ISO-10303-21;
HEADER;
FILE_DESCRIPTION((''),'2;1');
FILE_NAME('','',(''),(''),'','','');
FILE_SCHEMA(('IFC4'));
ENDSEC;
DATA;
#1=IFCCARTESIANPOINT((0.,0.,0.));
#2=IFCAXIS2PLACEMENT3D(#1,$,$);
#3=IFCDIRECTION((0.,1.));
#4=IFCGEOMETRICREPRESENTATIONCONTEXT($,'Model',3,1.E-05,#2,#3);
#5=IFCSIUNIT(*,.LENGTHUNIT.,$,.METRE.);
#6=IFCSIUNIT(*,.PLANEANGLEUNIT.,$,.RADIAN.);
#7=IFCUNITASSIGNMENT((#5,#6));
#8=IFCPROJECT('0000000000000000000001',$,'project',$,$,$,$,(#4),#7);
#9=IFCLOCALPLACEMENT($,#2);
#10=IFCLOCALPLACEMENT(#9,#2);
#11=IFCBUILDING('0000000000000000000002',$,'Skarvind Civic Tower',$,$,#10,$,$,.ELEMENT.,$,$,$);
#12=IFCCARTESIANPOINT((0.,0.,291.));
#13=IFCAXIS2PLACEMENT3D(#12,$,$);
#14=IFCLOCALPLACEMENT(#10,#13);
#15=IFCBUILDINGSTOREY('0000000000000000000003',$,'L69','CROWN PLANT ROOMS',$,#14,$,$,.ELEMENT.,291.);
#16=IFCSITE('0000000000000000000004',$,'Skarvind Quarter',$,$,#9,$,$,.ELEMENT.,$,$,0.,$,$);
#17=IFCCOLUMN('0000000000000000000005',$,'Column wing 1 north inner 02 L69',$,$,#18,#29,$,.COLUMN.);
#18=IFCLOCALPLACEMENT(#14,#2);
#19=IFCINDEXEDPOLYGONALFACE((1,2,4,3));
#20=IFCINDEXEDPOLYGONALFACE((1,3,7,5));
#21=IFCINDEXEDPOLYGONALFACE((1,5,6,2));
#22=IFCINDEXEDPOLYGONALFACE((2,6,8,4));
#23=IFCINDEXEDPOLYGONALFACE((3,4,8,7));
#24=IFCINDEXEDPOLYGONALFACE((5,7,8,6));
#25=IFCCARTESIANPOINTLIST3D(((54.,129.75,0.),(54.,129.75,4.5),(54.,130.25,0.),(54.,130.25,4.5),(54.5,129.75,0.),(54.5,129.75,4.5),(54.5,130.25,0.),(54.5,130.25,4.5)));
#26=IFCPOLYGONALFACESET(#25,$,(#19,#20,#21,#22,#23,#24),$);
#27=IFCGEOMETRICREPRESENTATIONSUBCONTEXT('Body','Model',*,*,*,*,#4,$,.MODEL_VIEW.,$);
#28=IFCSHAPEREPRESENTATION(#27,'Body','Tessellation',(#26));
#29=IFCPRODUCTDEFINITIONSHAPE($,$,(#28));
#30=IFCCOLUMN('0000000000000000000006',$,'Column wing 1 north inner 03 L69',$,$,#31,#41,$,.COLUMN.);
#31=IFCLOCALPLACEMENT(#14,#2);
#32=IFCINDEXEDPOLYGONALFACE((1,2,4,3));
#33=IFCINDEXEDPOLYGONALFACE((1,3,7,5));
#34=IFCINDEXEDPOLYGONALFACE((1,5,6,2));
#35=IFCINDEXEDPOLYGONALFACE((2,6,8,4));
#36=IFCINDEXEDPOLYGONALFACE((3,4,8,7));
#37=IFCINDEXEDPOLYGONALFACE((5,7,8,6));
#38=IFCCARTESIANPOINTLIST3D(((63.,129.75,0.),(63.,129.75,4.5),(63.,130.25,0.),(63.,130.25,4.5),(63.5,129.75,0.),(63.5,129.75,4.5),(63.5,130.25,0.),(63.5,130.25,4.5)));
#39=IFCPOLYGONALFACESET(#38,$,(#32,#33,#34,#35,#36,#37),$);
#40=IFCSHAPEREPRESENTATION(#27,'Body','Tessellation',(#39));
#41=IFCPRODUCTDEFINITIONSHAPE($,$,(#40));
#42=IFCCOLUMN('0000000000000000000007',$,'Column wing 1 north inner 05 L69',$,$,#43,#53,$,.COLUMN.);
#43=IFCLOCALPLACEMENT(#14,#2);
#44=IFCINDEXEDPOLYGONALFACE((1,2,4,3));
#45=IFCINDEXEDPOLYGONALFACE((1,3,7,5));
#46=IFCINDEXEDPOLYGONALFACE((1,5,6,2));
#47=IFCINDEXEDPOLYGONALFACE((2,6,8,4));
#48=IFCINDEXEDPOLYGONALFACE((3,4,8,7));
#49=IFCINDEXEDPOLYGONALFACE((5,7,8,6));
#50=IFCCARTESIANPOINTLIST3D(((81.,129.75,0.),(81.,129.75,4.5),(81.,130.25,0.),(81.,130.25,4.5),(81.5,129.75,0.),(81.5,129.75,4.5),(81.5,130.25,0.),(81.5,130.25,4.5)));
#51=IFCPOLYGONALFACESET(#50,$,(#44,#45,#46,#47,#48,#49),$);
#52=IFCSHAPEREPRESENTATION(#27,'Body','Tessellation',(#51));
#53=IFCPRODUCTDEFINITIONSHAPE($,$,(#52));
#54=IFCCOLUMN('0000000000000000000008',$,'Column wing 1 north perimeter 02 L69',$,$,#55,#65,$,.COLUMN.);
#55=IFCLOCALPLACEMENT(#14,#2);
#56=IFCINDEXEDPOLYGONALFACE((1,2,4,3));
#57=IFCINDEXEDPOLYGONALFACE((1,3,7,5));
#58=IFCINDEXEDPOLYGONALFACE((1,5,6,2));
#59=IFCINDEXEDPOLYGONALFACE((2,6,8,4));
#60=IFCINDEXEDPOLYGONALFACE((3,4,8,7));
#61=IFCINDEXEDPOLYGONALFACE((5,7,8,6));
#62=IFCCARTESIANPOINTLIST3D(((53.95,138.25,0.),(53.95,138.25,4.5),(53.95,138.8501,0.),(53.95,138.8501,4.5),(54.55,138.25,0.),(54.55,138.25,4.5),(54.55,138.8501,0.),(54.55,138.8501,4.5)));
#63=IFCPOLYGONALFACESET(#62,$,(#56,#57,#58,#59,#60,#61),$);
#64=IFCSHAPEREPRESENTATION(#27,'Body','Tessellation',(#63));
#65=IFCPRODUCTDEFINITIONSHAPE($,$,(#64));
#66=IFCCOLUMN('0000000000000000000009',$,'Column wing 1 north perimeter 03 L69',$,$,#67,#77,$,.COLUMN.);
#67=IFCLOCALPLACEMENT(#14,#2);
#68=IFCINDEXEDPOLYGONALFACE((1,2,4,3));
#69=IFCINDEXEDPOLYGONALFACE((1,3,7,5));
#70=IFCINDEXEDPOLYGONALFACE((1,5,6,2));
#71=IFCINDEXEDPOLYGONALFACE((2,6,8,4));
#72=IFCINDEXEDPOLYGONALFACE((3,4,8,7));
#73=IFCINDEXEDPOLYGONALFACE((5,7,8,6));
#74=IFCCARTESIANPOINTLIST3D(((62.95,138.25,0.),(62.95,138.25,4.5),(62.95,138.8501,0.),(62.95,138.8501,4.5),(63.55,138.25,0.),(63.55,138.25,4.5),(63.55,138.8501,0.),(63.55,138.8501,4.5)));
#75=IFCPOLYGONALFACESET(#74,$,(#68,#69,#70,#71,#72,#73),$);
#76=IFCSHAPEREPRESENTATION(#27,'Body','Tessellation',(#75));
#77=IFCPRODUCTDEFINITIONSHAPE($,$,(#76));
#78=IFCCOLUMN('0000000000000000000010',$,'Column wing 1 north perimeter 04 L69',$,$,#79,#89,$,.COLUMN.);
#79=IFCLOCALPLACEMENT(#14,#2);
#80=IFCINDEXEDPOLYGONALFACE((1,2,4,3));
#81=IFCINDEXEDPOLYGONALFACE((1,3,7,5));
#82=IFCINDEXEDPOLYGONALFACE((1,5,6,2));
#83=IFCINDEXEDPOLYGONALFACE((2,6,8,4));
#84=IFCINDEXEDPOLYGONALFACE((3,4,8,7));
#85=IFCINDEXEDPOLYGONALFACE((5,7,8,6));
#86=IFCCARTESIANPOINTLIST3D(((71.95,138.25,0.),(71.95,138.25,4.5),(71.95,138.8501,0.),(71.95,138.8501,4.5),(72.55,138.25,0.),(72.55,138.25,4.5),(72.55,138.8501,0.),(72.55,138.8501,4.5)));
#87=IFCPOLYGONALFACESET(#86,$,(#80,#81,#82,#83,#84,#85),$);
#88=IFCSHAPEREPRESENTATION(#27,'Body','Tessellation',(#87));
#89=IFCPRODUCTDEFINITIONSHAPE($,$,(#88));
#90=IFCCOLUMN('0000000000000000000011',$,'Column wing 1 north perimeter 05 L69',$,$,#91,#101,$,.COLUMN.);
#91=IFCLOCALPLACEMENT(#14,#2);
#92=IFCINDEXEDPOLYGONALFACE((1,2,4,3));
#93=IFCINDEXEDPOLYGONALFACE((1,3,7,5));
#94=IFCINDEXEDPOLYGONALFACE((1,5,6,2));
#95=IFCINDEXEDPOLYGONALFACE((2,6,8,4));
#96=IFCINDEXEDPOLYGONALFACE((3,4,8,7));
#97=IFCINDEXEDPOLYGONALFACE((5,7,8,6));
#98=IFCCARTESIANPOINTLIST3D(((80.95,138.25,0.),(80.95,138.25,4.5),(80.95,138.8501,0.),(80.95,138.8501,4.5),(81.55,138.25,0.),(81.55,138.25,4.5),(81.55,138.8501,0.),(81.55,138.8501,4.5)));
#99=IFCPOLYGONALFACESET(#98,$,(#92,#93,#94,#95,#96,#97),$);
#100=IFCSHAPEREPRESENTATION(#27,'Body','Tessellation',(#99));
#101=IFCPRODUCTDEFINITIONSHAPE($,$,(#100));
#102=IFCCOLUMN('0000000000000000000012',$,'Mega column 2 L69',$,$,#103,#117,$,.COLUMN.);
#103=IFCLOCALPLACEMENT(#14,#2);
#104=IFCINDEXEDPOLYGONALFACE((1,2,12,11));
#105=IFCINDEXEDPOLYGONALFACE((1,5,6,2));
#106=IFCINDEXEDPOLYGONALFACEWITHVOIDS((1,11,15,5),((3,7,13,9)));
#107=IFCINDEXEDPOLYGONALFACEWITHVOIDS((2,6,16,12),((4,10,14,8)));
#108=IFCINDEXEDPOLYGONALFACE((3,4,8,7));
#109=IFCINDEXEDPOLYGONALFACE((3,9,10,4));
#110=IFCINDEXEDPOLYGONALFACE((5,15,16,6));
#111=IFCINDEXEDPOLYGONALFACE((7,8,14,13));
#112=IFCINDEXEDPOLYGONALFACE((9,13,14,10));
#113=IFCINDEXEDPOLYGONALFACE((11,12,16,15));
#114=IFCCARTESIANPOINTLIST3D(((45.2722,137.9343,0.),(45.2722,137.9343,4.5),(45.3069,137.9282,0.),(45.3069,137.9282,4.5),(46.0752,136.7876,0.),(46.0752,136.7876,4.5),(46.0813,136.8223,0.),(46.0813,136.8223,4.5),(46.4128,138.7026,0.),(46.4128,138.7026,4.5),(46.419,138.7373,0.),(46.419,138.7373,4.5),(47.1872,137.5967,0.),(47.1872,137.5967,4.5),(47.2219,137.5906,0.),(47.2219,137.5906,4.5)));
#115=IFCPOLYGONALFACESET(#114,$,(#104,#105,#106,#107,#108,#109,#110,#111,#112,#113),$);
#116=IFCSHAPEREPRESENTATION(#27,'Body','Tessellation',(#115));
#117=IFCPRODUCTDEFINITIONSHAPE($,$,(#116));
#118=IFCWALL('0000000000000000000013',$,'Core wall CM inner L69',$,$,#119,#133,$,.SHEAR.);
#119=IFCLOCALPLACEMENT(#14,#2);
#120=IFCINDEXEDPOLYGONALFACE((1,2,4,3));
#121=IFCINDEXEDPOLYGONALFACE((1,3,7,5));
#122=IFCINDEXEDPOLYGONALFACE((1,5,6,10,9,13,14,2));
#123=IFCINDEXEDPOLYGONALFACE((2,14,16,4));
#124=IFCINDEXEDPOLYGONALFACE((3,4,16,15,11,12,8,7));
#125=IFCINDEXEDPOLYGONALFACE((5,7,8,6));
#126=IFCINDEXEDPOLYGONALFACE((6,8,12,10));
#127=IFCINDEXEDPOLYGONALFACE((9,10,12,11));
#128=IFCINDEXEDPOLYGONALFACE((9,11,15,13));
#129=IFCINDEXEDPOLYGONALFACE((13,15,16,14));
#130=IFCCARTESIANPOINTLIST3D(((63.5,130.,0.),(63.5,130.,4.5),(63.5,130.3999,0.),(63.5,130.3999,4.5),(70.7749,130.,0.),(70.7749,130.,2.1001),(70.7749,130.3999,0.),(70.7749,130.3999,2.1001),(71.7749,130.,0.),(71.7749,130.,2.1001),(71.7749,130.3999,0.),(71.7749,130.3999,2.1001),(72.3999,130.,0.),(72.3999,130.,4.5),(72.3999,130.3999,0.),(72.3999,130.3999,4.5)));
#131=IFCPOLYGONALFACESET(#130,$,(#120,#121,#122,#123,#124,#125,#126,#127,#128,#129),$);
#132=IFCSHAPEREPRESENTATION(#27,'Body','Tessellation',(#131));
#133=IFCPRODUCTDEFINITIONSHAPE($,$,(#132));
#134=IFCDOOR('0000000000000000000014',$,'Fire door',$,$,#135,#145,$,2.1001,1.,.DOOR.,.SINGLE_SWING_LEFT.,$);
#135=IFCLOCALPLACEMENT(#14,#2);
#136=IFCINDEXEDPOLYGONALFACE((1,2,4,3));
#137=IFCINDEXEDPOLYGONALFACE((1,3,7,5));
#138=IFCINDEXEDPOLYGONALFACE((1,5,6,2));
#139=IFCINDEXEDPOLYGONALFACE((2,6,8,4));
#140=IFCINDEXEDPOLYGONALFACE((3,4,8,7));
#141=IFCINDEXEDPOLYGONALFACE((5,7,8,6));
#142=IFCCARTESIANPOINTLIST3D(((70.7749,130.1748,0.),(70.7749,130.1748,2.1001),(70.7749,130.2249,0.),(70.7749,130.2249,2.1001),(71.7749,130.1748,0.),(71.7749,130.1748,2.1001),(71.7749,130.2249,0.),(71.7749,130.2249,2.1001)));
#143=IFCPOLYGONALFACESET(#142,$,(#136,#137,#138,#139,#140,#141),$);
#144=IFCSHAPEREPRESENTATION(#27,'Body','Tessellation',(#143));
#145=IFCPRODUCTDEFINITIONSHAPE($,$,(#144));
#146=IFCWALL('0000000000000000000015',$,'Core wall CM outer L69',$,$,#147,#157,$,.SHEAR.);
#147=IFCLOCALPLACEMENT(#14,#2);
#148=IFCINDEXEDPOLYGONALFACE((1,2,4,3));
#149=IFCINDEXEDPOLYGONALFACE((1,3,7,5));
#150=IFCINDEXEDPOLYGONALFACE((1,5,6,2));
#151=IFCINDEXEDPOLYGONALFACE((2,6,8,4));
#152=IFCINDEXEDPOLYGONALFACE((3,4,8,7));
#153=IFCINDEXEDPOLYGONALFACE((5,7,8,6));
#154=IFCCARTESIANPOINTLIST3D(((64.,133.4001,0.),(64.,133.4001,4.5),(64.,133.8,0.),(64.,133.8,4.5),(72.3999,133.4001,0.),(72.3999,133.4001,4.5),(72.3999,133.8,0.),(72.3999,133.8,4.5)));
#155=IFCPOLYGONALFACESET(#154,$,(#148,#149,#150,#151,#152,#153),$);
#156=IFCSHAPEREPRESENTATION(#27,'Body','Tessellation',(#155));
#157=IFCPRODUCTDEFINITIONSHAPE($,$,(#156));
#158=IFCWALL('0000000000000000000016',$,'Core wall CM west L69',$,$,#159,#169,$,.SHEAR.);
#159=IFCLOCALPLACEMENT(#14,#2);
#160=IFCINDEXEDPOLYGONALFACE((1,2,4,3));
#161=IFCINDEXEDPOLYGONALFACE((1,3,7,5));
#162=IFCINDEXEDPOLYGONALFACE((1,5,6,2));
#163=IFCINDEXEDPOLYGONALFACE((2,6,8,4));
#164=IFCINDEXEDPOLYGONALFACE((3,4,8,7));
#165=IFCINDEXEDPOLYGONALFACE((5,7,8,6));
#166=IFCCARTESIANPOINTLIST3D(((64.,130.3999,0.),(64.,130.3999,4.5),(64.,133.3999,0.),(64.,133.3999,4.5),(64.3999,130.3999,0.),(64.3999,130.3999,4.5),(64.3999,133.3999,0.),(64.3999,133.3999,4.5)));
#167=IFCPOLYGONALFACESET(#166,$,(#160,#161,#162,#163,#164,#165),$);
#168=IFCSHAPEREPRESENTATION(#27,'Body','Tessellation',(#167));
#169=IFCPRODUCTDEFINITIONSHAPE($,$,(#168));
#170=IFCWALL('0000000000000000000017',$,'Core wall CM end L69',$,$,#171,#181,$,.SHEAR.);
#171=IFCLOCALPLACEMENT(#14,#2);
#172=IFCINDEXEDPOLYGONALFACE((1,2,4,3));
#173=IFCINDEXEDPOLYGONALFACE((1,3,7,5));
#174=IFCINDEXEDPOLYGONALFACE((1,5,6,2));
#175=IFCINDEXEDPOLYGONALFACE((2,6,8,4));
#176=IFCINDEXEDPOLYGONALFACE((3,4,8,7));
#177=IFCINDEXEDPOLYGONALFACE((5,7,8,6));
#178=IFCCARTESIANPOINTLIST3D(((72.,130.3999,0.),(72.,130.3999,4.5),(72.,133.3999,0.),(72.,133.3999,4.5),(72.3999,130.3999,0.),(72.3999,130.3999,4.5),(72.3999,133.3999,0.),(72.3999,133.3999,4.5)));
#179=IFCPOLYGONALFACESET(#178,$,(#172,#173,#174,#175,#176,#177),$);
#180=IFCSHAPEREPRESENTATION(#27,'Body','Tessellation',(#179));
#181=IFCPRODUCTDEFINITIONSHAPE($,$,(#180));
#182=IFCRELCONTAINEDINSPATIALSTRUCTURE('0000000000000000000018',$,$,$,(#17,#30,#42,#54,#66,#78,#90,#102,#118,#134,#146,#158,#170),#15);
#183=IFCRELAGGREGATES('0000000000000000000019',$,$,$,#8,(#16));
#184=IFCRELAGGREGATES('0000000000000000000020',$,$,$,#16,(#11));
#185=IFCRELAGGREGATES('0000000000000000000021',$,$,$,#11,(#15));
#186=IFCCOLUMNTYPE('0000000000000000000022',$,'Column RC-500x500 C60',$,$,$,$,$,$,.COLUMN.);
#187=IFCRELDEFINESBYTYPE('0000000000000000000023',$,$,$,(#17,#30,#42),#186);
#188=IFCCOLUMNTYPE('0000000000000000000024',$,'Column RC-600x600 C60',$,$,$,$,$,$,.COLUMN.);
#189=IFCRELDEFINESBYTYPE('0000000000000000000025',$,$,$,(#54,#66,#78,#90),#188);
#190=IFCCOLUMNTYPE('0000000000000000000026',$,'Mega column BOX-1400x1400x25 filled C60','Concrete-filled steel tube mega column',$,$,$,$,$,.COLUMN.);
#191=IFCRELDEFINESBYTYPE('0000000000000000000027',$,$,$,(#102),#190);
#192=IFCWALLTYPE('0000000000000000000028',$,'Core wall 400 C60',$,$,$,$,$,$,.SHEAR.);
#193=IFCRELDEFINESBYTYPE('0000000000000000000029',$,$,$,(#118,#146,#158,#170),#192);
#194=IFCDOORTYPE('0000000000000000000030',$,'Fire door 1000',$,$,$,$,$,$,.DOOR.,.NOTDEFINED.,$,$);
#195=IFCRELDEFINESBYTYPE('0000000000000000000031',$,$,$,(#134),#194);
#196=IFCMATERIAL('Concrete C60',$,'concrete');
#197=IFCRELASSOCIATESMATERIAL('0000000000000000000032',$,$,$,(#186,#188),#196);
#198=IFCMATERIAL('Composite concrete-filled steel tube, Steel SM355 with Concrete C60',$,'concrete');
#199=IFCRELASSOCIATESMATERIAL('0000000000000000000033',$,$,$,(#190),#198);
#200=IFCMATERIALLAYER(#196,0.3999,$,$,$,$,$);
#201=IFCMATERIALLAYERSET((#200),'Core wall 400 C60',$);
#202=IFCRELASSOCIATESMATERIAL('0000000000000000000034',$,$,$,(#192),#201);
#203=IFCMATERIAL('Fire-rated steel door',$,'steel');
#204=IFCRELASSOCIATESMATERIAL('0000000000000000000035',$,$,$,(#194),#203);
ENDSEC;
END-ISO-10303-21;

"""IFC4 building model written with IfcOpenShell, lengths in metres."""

from ifc_helpers import new_model, si_unit, direction, frame, frame_2d, origin, origin_2d, place, context, subcontext, project, spatial, rectangle, hollow_rectangle, extrude, material, layer, layer_set, material_profile, profile_set, type_object, element, fill, save


model = new_model("IFC4")

# Units and contexts
model_context = context("Model", 3, precision=1e-05, world=origin(), true_north=direction((0.0, 1.0)))
body_context = subcontext(model_context, "Body", "Model", "MODEL_VIEW")
ifc_project = project(units=[si_unit("LENGTHUNIT", "METRE"), si_unit("PLANEANGLEUNIT", "RADIAN")], contexts=[model_context])

# Site, building, storey
site_placement = place(None, origin())
site = spatial("IfcSite", under=ifc_project, at=site_placement, Name="Skarvind Quarter", CompositionType="ELEMENT", RefElevation=0.0)
building_placement = place(site_placement, origin())
building = spatial("IfcBuilding", under=site, at=building_placement, Name="Skarvind Civic Tower", CompositionType="ELEMENT")
storey_placement = place(building_placement, frame((0.0, 0.0, 291.0)))
storey = spatial("IfcBuildingStorey", under=building, at=storey_placement, Name="L69", Description="CROWN PLANT ROOMS", CompositionType="ELEMENT", Elevation=291.0)

# Columns
ifc_material_1 = material(Name="Concrete C60", Category="concrete")
ifc_material_profile_1 = material_profile(ifc_material_1, rectangle(XDim=0.5, YDim=0.5, at=origin_2d()), Name="RC-500x500")
ifc_profile_set_1 = profile_set([ifc_material_profile_1], Name="Concrete C60")
column_type_1 = type_object("IfcColumnType", Name="Column RC-500x500 C60", PredefinedType="COLUMN", material=ifc_profile_set_1)
for number, where, z_axis, x_axis, name in (
    (1, (54.25, 130.0, 0.0), (0.0, 0.0, 1.0), (1.0, 0.0, 0.0), "Column wing 1 north inner 02 L69"),
    (2, (63.25, 130.0, 0.0), (0.0, 0.0, 1.0), (1.0, 0.0, 0.0), "Column wing 1 north inner 03 L69"),
    (3, (81.25, 130.0, 0.0), (0.0, 0.0, 1.0), (1.0, 0.0, 0.0), "Column wing 1 north inner 05 L69"),
):
    element("IfcColumn", number, at=place(storey_placement, frame(where, z_axis=z_axis, x_axis=x_axis)), inside=storey, type_object=column_type_1, Name=name, PredefinedType="COLUMN", context=body_context, shape_type="SweptSolid", body=[
        extrude(rectangle(XDim=0.5, YDim=0.5, at=origin_2d()), origin(), (0.0, 0.0, 1.0), 4.5),
    ])
ifc_material_profile_2 = material_profile(ifc_material_1, rectangle(XDim=0.6001, YDim=0.6001, at=origin_2d()), Name="RC-600x600")
ifc_profile_set_2 = profile_set([ifc_material_profile_2], Name="Concrete C60")
column_type_2 = type_object("IfcColumnType", Name="Column RC-600x600 C60", PredefinedType="COLUMN", material=ifc_profile_set_2)
for number, where, z_axis, x_axis, name in (
    (4, (54.25, 138.55, 0.0), (0.0, 0.0, 1.0), (1.0, 0.0, 0.0), "Column wing 1 north perimeter 02 L69"),
    (5, (63.25, 138.55, 0.0), (0.0, 0.0, 1.0), (1.0, 0.0, 0.0), "Column wing 1 north perimeter 03 L69"),
    (6, (72.25, 138.55, 0.0), (0.0, 0.0, 1.0), (1.0, 0.0, 0.0), "Column wing 1 north perimeter 04 L69"),
    (7, (81.25, 138.55, 0.0), (0.0, 0.0, 1.0), (1.0, 0.0, 0.0), "Column wing 1 north perimeter 05 L69"),
):
    element("IfcColumn", number, at=place(storey_placement, frame(where, z_axis=z_axis, x_axis=x_axis)), inside=storey, type_object=column_type_2, Name=name, PredefinedType="COLUMN", context=body_context, shape_type="SweptSolid", body=[
        extrude(rectangle(XDim=0.6001, YDim=0.6001, at=origin_2d()), origin(), (0.0, 0.0, 1.0), 4.5),
    ])
ifc_material_2 = material(Name="Composite concrete-filled steel tube, Steel SM355 with Concrete C60", Category="concrete")
ifc_material_profile_3 = material_profile(ifc_material_2, hollow_rectangle(XDim=1.3999, YDim=1.3999, WallThickness=0.0249, at=origin_2d()), Name="BOX-1400x1400x25")
ifc_profile_set_3 = profile_set([ifc_material_profile_3], Name="Composite concrete-filled steel tube, Steel SM355 with Concrete C60")
column_type_3 = type_object("IfcColumnType", Name="Mega column BOX-1400x1400x25 filled C60", Description="Concrete-filled steel tube mega column", PredefinedType="COLUMN", material=ifc_profile_set_3)
column_placement = place(storey_placement, frame((46.2471, 137.7625, 0.0), z_axis=(0.0, 0.0, 1.0), x_axis=(0.573576, -0.819152, 0.0)))
element("IfcColumn", 8, at=column_placement, inside=storey, type_object=column_type_3, Name="Mega column 2 L69", PredefinedType="COLUMN", context=body_context, shape_type="SweptSolid", body=[
    extrude(hollow_rectangle(XDim=1.3999, YDim=1.3999, WallThickness=0.0249, at=origin_2d()), origin(), (0.0, 0.0, 1.0), 4.5),
])

# Wall, opening, door
ifc_layer_1 = layer(ifc_material_1, 0.3999)
ifc_layer_set_1 = layer_set([ifc_layer_1], Name="Core wall 400 C60")
wall_type_1 = type_object("IfcWallType", Name="Core wall 400 C60", PredefinedType="SHEAR", material=ifc_layer_set_1)
wall_1_placement = place(storey_placement, frame((63.5, 130.2, 0.0), z_axis=(0.0, 0.0, 1.0), x_axis=(1.0, 0.0, 0.0)))
wall_1 = element("IfcWall", 9, at=wall_1_placement, inside=storey, type_object=wall_type_1, Name="Core wall CM inner L69", PredefinedType="SHEAR", context=body_context, shape_type="SweptSolid", body=[
    extrude(rectangle(XDim=8.8999, YDim=0.3999, at=frame_2d((4.45, 0.0))), origin(), (0.0, 0.0, 1.0), 4.5),
])
opening_1_placement = place(wall_1_placement, frame((7.2749, 0.0, 0.0)))
opening_1 = element("IfcOpeningElement", 10, at=opening_1_placement, cuts=wall_1, PredefinedType="OPENING", context=body_context, shape_type="SweptSolid", body=[
    extrude(rectangle(XDim=1.0, YDim=2.1001, at=frame_2d((0.5, 1.05))), frame((0.0, 0.21, 0.0), z_axis=(0.0, -1.0, 0.0), x_axis=(1.0, 0.0, 0.0)), (0.0, 0.0, 1.0), 0.4199),
])
ifc_material_3 = material(Name="Fire-rated steel door", Category="steel")
door_type_1 = type_object("IfcDoorType", Name="Fire door 1000", OperationType="NOTDEFINED", PredefinedType="DOOR", material=ifc_material_3)
door_1_placement = place(opening_1_placement, origin())
door_1 = element("IfcDoor", 11, at=door_1_placement, inside=storey, type_object=door_type_1, Name="Fire door", OperationType="SINGLE_SWING_LEFT", OverallHeight=2.1001, OverallWidth=1.0, PredefinedType="DOOR", context=body_context, shape_type="SweptSolid", body=[
    extrude(rectangle(XDim=1.0, YDim=2.1001, at=frame_2d((0.5, 1.05))), frame((0.0, 0.0249, 0.0), z_axis=(0.0, -1.0, 0.0), x_axis=(1.0, 0.0, 0.0)), (0.0, 0.0, 1.0), 0.05),
])
fill(opening_1, door_1)

# Walls
wall_2_placement = place(storey_placement, frame((64.0, 133.6001, 0.0), z_axis=(0.0, 0.0, 1.0), x_axis=(1.0, 0.0, 0.0)))
element("IfcWall", 12, at=wall_2_placement, inside=storey, type_object=wall_type_1, Name="Core wall CM outer L69", PredefinedType="SHEAR", context=body_context, shape_type="SweptSolid", body=[
    extrude(rectangle(XDim=8.3999, YDim=0.3999, at=frame_2d((4.2, 0.0))), origin(), (0.0, 0.0, 1.0), 4.5),
])
for number, where, z_axis, x_axis, name in (
    (13, (64.2, 130.3999, 0.0), (0.0, 0.0, 1.0), (0.0, 1.0, 0.0), "Core wall CM west L69"),
    (14, (72.2, 130.3999, 0.0), (0.0, 0.0, 1.0), (0.0, 1.0, 0.0), "Core wall CM end L69"),
):
    element("IfcWall", number, at=place(storey_placement, frame(where, z_axis=z_axis, x_axis=x_axis)), inside=storey, type_object=wall_type_1, Name=name, PredefinedType="SHEAR", context=body_context, shape_type="SweptSolid", body=[
        extrude(rectangle(XDim=3.0, YDim=0.3999, at=frame_2d((1.5, 0.0))), origin(), (0.0, 0.0, 1.0), 4.5),
    ])

save(model, "model.ifc")
